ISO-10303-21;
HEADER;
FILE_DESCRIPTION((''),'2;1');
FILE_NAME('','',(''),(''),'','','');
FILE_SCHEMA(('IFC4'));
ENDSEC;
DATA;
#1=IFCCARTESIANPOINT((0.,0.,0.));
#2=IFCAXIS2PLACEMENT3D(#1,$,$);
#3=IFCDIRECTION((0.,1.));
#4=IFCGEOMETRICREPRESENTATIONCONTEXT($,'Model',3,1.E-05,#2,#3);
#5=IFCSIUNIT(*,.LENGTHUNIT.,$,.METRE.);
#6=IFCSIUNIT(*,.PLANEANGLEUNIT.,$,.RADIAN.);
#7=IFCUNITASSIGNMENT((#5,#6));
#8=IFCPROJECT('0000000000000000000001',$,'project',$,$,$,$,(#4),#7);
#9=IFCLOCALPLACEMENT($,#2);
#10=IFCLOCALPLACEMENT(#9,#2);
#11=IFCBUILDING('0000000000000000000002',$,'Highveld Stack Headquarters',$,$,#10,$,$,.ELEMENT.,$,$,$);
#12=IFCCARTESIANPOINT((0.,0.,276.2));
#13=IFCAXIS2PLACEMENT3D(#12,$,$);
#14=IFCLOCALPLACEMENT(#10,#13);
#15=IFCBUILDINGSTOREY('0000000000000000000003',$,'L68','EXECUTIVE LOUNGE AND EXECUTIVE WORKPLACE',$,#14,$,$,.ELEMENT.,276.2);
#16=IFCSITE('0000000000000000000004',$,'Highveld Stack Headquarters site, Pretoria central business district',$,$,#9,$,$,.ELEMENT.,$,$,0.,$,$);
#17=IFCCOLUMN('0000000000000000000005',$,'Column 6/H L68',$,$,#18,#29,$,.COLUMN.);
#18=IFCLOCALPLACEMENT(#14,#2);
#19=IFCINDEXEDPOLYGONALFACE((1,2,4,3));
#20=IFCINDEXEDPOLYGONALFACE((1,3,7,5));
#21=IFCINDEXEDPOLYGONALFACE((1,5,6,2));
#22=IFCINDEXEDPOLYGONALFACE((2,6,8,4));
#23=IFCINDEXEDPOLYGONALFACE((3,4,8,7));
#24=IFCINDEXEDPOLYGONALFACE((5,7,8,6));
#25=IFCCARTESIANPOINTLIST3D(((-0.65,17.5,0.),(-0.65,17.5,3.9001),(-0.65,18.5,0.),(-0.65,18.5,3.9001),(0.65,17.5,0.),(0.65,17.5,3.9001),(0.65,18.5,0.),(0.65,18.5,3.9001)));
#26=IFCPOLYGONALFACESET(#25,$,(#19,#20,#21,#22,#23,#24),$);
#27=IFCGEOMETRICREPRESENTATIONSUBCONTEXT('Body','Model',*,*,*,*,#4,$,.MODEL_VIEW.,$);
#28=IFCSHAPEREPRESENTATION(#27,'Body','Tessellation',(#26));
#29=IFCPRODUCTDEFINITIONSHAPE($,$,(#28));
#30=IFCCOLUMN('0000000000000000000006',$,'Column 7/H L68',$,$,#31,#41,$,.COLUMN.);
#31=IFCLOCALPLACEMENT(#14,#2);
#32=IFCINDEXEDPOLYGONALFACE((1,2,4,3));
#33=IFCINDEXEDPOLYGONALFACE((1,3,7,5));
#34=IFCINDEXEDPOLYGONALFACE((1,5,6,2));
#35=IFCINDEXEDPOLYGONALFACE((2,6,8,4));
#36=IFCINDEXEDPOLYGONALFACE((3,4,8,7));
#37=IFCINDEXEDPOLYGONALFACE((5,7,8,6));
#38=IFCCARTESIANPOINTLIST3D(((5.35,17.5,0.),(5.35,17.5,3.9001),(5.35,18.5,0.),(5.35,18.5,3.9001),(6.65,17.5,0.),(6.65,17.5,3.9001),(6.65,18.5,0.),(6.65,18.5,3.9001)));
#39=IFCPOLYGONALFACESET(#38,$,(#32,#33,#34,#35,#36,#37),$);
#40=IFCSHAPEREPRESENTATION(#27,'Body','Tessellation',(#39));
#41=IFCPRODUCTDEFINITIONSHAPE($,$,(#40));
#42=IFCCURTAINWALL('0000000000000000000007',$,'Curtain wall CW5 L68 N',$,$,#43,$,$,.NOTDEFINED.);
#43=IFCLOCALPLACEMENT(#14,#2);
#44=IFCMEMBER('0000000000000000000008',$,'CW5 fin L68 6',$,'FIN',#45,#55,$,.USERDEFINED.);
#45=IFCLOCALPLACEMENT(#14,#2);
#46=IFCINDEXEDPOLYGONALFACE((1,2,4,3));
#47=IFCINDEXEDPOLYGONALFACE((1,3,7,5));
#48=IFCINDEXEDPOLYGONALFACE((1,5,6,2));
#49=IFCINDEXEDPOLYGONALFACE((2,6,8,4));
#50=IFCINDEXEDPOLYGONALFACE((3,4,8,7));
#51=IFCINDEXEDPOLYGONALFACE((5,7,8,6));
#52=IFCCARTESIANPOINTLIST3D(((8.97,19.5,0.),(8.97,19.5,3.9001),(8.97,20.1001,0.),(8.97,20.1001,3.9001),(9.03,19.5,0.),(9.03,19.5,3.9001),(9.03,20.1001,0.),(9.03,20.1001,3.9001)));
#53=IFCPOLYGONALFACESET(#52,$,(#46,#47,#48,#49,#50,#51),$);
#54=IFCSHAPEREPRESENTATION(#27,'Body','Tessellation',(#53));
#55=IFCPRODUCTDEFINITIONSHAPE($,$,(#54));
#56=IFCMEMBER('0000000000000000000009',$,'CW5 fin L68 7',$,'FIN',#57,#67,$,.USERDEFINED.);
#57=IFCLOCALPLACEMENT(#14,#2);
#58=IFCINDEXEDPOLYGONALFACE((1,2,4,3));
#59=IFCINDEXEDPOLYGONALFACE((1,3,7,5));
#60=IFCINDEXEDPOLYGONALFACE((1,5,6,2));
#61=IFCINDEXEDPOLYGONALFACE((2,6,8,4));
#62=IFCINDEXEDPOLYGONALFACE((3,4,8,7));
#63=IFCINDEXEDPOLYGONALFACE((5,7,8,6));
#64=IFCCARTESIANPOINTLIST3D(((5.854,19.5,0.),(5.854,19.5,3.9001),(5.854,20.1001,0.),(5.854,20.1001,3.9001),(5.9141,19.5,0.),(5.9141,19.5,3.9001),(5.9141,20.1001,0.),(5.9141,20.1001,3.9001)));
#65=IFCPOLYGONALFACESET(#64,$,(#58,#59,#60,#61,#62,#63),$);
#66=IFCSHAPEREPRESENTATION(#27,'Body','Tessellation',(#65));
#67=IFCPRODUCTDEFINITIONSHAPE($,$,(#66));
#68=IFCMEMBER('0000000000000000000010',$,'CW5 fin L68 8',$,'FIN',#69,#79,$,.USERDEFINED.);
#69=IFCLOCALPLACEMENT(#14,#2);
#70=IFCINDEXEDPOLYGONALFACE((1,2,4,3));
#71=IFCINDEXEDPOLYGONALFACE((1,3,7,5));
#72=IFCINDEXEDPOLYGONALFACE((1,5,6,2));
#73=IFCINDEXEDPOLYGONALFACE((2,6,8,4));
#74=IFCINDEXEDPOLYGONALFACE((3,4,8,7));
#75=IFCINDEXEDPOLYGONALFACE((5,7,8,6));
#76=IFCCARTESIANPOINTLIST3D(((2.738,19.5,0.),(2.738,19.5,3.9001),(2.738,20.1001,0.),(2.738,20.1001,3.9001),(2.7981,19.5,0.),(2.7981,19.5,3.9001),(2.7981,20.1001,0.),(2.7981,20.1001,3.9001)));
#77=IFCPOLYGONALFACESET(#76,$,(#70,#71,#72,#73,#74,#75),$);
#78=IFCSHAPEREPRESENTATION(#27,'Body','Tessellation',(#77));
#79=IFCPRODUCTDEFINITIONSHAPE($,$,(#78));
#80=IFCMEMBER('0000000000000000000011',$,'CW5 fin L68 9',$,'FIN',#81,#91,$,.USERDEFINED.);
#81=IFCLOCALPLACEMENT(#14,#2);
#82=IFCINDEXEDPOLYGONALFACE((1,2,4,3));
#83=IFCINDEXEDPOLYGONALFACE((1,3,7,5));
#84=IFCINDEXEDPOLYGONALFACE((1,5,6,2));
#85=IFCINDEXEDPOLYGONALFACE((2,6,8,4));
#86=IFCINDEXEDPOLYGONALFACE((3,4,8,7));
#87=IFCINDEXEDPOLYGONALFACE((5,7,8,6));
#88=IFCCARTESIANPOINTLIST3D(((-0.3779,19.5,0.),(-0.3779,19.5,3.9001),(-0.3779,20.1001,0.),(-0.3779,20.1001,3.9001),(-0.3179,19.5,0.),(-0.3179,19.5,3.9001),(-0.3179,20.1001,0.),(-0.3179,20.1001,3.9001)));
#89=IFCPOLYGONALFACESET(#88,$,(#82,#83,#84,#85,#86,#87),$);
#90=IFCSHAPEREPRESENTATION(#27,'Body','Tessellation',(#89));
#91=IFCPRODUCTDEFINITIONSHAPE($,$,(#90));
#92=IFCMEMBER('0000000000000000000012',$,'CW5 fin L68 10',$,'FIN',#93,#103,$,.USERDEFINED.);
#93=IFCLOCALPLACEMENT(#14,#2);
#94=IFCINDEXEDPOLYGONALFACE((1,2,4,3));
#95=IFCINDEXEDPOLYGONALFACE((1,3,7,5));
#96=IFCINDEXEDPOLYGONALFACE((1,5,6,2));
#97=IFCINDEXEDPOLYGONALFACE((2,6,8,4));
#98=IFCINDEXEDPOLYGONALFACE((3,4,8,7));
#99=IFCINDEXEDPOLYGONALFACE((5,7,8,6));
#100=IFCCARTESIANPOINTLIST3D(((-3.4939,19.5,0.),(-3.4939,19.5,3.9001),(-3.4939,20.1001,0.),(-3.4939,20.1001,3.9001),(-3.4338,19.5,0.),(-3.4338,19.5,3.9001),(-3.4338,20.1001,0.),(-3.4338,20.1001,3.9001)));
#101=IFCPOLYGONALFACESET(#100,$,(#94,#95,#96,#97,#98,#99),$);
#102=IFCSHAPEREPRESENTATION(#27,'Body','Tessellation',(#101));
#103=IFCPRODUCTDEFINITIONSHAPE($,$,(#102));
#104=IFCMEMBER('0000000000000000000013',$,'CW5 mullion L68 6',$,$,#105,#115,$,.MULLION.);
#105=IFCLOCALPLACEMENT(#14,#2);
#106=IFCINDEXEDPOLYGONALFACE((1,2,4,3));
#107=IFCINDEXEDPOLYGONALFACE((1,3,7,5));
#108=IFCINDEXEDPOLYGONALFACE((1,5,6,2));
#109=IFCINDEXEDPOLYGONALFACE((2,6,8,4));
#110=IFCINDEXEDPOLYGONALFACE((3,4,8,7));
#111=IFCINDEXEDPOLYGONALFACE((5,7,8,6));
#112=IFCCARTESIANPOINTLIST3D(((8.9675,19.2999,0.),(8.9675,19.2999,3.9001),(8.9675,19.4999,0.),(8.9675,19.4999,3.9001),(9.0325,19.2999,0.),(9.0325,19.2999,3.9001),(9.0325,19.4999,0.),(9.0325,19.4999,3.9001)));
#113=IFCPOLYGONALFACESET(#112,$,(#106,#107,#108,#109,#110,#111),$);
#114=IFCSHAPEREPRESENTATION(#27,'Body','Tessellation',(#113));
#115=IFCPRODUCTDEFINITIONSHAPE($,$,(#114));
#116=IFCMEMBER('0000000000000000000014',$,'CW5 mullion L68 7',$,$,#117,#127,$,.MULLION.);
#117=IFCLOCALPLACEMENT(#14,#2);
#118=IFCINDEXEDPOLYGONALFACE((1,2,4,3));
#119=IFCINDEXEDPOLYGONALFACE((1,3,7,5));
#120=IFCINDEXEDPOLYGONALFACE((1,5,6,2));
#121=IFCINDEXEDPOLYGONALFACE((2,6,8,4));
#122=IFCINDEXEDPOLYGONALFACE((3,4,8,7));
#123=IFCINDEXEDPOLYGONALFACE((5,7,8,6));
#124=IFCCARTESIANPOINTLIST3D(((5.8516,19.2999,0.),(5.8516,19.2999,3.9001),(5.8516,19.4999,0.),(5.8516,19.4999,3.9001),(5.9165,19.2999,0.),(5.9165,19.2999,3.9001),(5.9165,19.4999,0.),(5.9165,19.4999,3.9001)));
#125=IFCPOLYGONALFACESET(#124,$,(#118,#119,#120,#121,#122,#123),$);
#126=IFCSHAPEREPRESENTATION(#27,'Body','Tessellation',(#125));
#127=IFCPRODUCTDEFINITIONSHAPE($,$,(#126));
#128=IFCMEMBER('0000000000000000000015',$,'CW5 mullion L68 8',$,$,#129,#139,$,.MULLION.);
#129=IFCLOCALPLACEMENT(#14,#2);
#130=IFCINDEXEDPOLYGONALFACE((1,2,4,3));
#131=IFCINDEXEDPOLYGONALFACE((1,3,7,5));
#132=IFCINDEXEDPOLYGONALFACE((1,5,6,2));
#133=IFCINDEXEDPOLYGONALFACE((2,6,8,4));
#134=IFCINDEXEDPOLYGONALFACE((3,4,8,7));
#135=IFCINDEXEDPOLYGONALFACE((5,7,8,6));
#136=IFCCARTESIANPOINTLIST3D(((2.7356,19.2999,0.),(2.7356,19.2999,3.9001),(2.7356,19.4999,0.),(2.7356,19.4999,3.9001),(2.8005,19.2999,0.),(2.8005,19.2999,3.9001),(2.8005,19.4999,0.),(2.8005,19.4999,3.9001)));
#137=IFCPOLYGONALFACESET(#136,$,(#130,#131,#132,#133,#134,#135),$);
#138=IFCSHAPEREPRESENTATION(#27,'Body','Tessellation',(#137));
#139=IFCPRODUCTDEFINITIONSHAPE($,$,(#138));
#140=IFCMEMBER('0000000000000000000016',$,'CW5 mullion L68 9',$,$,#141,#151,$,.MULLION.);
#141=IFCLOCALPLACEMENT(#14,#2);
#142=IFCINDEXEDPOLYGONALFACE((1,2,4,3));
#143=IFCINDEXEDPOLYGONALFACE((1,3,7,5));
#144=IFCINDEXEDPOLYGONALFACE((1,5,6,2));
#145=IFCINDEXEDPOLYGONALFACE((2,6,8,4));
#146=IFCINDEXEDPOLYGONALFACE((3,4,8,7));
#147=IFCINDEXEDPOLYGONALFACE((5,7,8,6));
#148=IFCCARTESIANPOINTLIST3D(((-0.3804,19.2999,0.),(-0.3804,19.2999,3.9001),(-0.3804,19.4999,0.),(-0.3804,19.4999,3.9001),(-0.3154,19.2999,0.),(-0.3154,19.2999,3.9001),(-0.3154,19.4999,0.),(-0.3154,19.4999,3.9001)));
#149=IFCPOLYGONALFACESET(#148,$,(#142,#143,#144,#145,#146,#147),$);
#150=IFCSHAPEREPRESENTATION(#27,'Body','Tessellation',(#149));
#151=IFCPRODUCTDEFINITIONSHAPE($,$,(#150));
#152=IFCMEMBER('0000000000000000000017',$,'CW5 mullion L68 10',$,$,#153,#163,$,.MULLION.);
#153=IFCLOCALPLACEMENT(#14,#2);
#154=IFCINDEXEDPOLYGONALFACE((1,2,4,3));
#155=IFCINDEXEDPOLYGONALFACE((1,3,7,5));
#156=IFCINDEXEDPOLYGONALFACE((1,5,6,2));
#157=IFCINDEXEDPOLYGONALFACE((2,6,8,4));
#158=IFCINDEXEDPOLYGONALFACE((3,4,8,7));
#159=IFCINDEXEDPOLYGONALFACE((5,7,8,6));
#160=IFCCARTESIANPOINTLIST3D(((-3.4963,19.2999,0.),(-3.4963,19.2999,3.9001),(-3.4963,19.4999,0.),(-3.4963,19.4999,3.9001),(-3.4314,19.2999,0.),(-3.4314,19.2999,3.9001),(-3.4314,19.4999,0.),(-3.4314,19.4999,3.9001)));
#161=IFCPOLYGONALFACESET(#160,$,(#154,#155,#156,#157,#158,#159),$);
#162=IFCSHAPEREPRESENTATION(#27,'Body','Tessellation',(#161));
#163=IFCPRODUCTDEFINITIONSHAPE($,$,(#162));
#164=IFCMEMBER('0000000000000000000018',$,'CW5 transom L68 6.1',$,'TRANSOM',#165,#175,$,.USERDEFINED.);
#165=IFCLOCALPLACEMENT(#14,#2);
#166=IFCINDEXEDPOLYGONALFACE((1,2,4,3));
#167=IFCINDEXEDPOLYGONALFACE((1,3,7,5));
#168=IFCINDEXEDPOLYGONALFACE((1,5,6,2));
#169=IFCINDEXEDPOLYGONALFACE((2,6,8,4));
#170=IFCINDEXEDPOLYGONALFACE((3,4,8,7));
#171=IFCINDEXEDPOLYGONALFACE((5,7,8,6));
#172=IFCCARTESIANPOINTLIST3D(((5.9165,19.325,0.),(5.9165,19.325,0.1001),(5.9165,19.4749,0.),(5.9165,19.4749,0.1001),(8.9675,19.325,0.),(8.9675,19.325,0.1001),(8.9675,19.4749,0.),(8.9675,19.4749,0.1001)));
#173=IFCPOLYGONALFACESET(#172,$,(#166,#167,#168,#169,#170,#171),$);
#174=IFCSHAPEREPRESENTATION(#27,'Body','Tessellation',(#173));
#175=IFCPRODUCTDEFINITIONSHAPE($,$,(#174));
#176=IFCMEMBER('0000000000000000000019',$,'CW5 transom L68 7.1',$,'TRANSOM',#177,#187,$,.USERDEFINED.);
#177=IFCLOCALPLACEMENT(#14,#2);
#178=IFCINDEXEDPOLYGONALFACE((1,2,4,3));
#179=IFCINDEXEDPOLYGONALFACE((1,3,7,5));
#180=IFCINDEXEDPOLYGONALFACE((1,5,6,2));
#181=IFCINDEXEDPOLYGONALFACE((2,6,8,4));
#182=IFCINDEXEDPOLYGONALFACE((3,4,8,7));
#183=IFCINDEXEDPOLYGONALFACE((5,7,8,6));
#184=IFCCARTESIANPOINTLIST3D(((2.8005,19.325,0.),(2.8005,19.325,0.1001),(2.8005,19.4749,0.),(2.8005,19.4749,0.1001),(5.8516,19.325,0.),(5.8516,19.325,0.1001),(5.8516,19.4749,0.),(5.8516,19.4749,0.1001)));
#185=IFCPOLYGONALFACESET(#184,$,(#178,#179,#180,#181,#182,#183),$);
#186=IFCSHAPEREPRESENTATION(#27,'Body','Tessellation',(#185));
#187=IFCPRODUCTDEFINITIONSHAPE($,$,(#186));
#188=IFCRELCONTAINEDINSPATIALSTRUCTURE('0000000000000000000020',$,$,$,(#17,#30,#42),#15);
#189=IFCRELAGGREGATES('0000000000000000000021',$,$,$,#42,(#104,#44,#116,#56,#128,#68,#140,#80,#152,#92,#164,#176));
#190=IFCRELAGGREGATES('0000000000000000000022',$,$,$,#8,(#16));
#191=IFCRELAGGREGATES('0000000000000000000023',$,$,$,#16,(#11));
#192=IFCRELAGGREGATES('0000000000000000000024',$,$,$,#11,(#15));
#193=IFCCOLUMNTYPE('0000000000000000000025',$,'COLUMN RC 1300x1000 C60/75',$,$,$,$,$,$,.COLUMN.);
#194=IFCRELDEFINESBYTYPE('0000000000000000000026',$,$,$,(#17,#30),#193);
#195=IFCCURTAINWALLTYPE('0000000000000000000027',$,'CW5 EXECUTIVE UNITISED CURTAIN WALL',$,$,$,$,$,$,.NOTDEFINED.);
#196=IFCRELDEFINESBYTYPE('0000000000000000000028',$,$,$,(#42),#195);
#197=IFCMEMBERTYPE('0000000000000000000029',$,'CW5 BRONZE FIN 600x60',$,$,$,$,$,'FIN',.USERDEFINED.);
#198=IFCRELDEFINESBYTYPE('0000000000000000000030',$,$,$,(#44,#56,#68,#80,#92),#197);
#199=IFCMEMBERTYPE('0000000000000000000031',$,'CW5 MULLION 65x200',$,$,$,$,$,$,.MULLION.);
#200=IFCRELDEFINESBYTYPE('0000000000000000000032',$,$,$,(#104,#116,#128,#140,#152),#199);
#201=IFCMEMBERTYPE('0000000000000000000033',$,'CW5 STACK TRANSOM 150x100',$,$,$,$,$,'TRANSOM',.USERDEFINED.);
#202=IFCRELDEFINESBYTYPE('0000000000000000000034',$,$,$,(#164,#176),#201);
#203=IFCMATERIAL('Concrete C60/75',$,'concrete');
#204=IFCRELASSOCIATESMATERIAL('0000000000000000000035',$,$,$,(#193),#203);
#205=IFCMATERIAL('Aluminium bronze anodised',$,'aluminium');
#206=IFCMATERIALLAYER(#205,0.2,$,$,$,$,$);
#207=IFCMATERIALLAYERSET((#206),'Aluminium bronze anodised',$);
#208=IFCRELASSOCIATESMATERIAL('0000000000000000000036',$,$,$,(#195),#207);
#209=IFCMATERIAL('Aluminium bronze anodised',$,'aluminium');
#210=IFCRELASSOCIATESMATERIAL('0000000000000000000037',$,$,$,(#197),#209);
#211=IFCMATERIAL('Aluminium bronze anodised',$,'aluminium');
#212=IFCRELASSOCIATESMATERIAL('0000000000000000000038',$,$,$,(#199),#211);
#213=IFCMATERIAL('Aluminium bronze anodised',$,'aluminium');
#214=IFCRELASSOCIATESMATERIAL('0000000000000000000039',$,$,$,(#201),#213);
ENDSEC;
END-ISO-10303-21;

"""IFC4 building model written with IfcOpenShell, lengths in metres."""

from ifc_helpers import new_model, si_unit, direction, frame, origin, origin_2d, place, context, subcontext, project, spatial, rectangle, extrude, material, layer, layer_set, material_profile, profile_set, type_object, element, aggregate, save


model = new_model("IFC4")

# Units and contexts
model_context = context("Model", 3, precision=1e-05, world=origin(), true_north=direction((0.0, 1.0)))
body_context = subcontext(model_context, "Body", "Model", "MODEL_VIEW")
ifc_project = project(units=[si_unit("LENGTHUNIT", "METRE"), si_unit("PLANEANGLEUNIT", "RADIAN")], contexts=[model_context])

# Site, building, storey
site_placement = place(None, origin())
site = spatial("IfcSite", under=ifc_project, at=site_placement, Name="Highveld Stack Headquarters site, Pretoria central business district", CompositionType="ELEMENT", RefElevation=0.0)
building_placement = place(site_placement, origin())
building = spatial("IfcBuilding", under=site, at=building_placement, Name="Highveld Stack Headquarters", CompositionType="ELEMENT")
storey_placement = place(building_placement, frame((0.0, 0.0, 276.2)))
storey = spatial("IfcBuildingStorey", under=building, at=storey_placement, Name="L68", Description="EXECUTIVE LOUNGE AND EXECUTIVE WORKPLACE", CompositionType="ELEMENT", Elevation=276.2)

# Columns
ifc_material_1 = material(Name="Concrete C60/75", Category="concrete")
ifc_material_profile_1 = material_profile(ifc_material_1, rectangle(XDim=1.3, YDim=1.0, at=origin_2d()), Name="RC 1300x1000")
ifc_profile_set_1 = profile_set([ifc_material_profile_1], Name="Concrete C60/75")
column_type = type_object("IfcColumnType", Name="COLUMN RC 1300x1000 C60/75", PredefinedType="COLUMN", material=ifc_profile_set_1)
for number, where, z_axis, x_axis, name in (
    (1, (0.0, 18.0, 0.0), (0.0, 0.0, 1.0), (1.0, 0.0, 0.0), "Column 6/H L68"),
    (2, (6.0, 18.0, 0.0), (0.0, 0.0, 1.0), (1.0, 0.0, 0.0), "Column 7/H L68"),
):
    element("IfcColumn", number, at=place(storey_placement, frame(where, z_axis=z_axis, x_axis=x_axis)), inside=storey, type_object=column_type, Name=name, PredefinedType="COLUMN", context=body_context, shape_type="SweptSolid", body=[
        extrude(rectangle(XDim=1.3, YDim=1.0, at=origin_2d()), origin(), (0.0, 0.0, 1.0), 3.9001),
    ])

# Curtain wall, members
ifc_material_2 = material(Name="Aluminium bronze anodised", Category="aluminium")
ifc_layer_1 = layer(ifc_material_2, 0.2)
ifc_layer_set_1 = layer_set([ifc_layer_1], Name="Aluminium bronze anodised")
curtain_wall_type = type_object("IfcCurtainWallType", Name="CW5 EXECUTIVE UNITISED CURTAIN WALL", PredefinedType="NOTDEFINED", material=ifc_layer_set_1)
curtain_wall_placement = place(storey_placement, origin())
curtain_wall = element("IfcCurtainWall", 3, at=curtain_wall_placement, inside=storey, type_object=curtain_wall_type, Name="Curtain wall CW5 L68 N", PredefinedType="NOTDEFINED")
ifc_material_3 = material(Name="Aluminium bronze anodised", Category="aluminium")
ifc_material_profile_2 = material_profile(ifc_material_3, rectangle(XDim=0.6001, YDim=0.0601, at=origin_2d()), Name="FIN 600x60")
ifc_profile_set_2 = profile_set([ifc_material_profile_2], Name="Aluminium bronze anodised")
member_type_1 = type_object("IfcMemberType", Name="CW5 BRONZE FIN 600x60", ElementType="FIN", PredefinedType="USERDEFINED", material=ifc_profile_set_2)
member_1_placement = place(storey_placement, frame((9.0, 19.8, 0.0), z_axis=(0.0, 0.0, 1.0), x_axis=(0.0, -1.0, 0.0)))
member_1 = element("IfcMember", 4, at=member_1_placement, type_object=member_type_1, Name="CW5 fin L68 6", ObjectType="FIN", PredefinedType="USERDEFINED", context=body_context, shape_type="SweptSolid", body=[
    extrude(rectangle(XDim=0.6001, YDim=0.0601, at=origin_2d()), origin(), (0.0, 0.0, 1.0), 3.9001),
])
member_2_placement = place(storey_placement, frame((5.884, 19.8, 0.0), z_axis=(0.0, 0.0, 1.0), x_axis=(0.0, -1.0, 0.0)))
member_2 = element("IfcMember", 5, at=member_2_placement, type_object=member_type_1, Name="CW5 fin L68 7", ObjectType="FIN", PredefinedType="USERDEFINED", context=body_context, shape_type="SweptSolid", body=[
    extrude(rectangle(XDim=0.6001, YDim=0.0601, at=origin_2d()), origin(), (0.0, 0.0, 1.0), 3.9001),
])
member_3_placement = place(storey_placement, frame((2.7681, 19.8, 0.0), z_axis=(0.0, 0.0, 1.0), x_axis=(0.0, -1.0, 0.0)))
member_3 = element("IfcMember", 6, at=member_3_placement, type_object=member_type_1, Name="CW5 fin L68 8", ObjectType="FIN", PredefinedType="USERDEFINED", context=body_context, shape_type="SweptSolid", body=[
    extrude(rectangle(XDim=0.6001, YDim=0.0601, at=origin_2d()), origin(), (0.0, 0.0, 1.0), 3.9001),
])
member_4_placement = place(storey_placement, frame((-0.3479, 19.8, 0.0), z_axis=(0.0, 0.0, 1.0), x_axis=(0.0, -1.0, 0.0)))
member_4 = element("IfcMember", 7, at=member_4_placement, type_object=member_type_1, Name="CW5 fin L68 9", ObjectType="FIN", PredefinedType="USERDEFINED", context=body_context, shape_type="SweptSolid", body=[
    extrude(rectangle(XDim=0.6001, YDim=0.0601, at=origin_2d()), origin(), (0.0, 0.0, 1.0), 3.9001),
])
member_5_placement = place(storey_placement, frame((-3.4639, 19.8, 0.0), z_axis=(0.0, 0.0, 1.0), x_axis=(0.0, -1.0, 0.0)))
member_5 = element("IfcMember", 8, at=member_5_placement, type_object=member_type_1, Name="CW5 fin L68 10", ObjectType="FIN", PredefinedType="USERDEFINED", context=body_context, shape_type="SweptSolid", body=[
    extrude(rectangle(XDim=0.6001, YDim=0.0601, at=origin_2d()), origin(), (0.0, 0.0, 1.0), 3.9001),
])
ifc_material_4 = material(Name="Aluminium bronze anodised", Category="aluminium")
ifc_material_profile_3 = material_profile(ifc_material_4, rectangle(XDim=0.2, YDim=0.0649, at=origin_2d()), Name="CW5 MULLION 65x200")
ifc_profile_set_3 = profile_set([ifc_material_profile_3], Name="Aluminium bronze anodised")
member_type_2 = type_object("IfcMemberType", Name="CW5 MULLION 65x200", PredefinedType="MULLION", material=ifc_profile_set_3)
member_6_placement = place(storey_placement, frame((9.0, 19.3999, 0.0), z_axis=(0.0, 0.0, 1.0), x_axis=(0.0, -1.0, 0.0)))
member_6 = element("IfcMember", 9, at=member_6_placement, type_object=member_type_2, Name="CW5 mullion L68 6", PredefinedType="MULLION", context=body_context, shape_type="SweptSolid", body=[
    extrude(rectangle(XDim=0.2, YDim=0.0649, at=origin_2d()), origin(), (0.0, 0.0, 1.0), 3.9001),
])
member_7_placement = place(storey_placement, frame((5.884, 19.3999, 0.0), z_axis=(0.0, 0.0, 1.0), x_axis=(0.0, -1.0, 0.0)))
member_7 = element("IfcMember", 10, at=member_7_placement, type_object=member_type_2, Name="CW5 mullion L68 7", PredefinedType="MULLION", context=body_context, shape_type="SweptSolid", body=[
    extrude(rectangle(XDim=0.2, YDim=0.0649, at=origin_2d()), origin(), (0.0, 0.0, 1.0), 3.9001),
])
member_8_placement = place(storey_placement, frame((2.7681, 19.3999, 0.0), z_axis=(0.0, 0.0, 1.0), x_axis=(0.0, -1.0, 0.0)))
member_8 = element("IfcMember", 11, at=member_8_placement, type_object=member_type_2, Name="CW5 mullion L68 8", PredefinedType="MULLION", context=body_context, shape_type="SweptSolid", body=[
    extrude(rectangle(XDim=0.2, YDim=0.0649, at=origin_2d()), origin(), (0.0, 0.0, 1.0), 3.9001),
])
member_9_placement = place(storey_placement, frame((-0.3479, 19.3999, 0.0), z_axis=(0.0, 0.0, 1.0), x_axis=(0.0, -1.0, 0.0)))
member_9 = element("IfcMember", 12, at=member_9_placement, type_object=member_type_2, Name="CW5 mullion L68 9", PredefinedType="MULLION", context=body_context, shape_type="SweptSolid", body=[
    extrude(rectangle(XDim=0.2, YDim=0.0649, at=origin_2d()), origin(), (0.0, 0.0, 1.0), 3.9001),
])
member_10_placement = place(storey_placement, frame((-3.4639, 19.3999, 0.0), z_axis=(0.0, 0.0, 1.0), x_axis=(0.0, -1.0, 0.0)))
member_10 = element("IfcMember", 13, at=member_10_placement, type_object=member_type_2, Name="CW5 mullion L68 10", PredefinedType="MULLION", context=body_context, shape_type="SweptSolid", body=[
    extrude(rectangle(XDim=0.2, YDim=0.0649, at=origin_2d()), origin(), (0.0, 0.0, 1.0), 3.9001),
])
ifc_material_5 = material(Name="Aluminium bronze anodised", Category="aluminium")
ifc_material_profile_4 = material_profile(ifc_material_5, rectangle(XDim=0.1499, YDim=0.1001, at=origin_2d()), Name="CW5 TRANSOM 150x100")
ifc_profile_set_4 = profile_set([ifc_material_profile_4], Name="Aluminium bronze anodised")
member_type_3 = type_object("IfcMemberType", Name="CW5 STACK TRANSOM 150x100", ElementType="TRANSOM", PredefinedType="USERDEFINED", material=ifc_profile_set_4)
member_11_placement = place(storey_placement, frame((8.9675, 19.3999, 0.05), z_axis=(-1.0, 0.0, 0.0), x_axis=(0.0, -1.0, 0.0)))
member_11 = element("IfcMember", 14, at=member_11_placement, type_object=member_type_3, Name="CW5 transom L68 6.1", ObjectType="TRANSOM", PredefinedType="USERDEFINED", context=body_context, shape_type="SweptSolid", body=[
    extrude(rectangle(XDim=0.1499, YDim=0.1001, at=origin_2d()), origin(), (0.0, 0.0, 1.0), 3.051),
])
member_12_placement = place(storey_placement, frame((5.8516, 19.3999, 0.05), z_axis=(-1.0, 0.0, 0.0), x_axis=(0.0, -1.0, 0.0)))
member_12 = element("IfcMember", 15, at=member_12_placement, type_object=member_type_3, Name="CW5 transom L68 7.1", ObjectType="TRANSOM", PredefinedType="USERDEFINED", context=body_context, shape_type="SweptSolid", body=[
    extrude(rectangle(XDim=0.1499, YDim=0.1001, at=origin_2d()), origin(), (0.0, 0.0, 1.0), 3.051),
])
aggregate(curtain_wall, [member_6, member_1, member_7, member_2, member_8, member_3, member_9, member_4, member_10, member_5, member_11, member_12])

save(model, "model.ifc")
